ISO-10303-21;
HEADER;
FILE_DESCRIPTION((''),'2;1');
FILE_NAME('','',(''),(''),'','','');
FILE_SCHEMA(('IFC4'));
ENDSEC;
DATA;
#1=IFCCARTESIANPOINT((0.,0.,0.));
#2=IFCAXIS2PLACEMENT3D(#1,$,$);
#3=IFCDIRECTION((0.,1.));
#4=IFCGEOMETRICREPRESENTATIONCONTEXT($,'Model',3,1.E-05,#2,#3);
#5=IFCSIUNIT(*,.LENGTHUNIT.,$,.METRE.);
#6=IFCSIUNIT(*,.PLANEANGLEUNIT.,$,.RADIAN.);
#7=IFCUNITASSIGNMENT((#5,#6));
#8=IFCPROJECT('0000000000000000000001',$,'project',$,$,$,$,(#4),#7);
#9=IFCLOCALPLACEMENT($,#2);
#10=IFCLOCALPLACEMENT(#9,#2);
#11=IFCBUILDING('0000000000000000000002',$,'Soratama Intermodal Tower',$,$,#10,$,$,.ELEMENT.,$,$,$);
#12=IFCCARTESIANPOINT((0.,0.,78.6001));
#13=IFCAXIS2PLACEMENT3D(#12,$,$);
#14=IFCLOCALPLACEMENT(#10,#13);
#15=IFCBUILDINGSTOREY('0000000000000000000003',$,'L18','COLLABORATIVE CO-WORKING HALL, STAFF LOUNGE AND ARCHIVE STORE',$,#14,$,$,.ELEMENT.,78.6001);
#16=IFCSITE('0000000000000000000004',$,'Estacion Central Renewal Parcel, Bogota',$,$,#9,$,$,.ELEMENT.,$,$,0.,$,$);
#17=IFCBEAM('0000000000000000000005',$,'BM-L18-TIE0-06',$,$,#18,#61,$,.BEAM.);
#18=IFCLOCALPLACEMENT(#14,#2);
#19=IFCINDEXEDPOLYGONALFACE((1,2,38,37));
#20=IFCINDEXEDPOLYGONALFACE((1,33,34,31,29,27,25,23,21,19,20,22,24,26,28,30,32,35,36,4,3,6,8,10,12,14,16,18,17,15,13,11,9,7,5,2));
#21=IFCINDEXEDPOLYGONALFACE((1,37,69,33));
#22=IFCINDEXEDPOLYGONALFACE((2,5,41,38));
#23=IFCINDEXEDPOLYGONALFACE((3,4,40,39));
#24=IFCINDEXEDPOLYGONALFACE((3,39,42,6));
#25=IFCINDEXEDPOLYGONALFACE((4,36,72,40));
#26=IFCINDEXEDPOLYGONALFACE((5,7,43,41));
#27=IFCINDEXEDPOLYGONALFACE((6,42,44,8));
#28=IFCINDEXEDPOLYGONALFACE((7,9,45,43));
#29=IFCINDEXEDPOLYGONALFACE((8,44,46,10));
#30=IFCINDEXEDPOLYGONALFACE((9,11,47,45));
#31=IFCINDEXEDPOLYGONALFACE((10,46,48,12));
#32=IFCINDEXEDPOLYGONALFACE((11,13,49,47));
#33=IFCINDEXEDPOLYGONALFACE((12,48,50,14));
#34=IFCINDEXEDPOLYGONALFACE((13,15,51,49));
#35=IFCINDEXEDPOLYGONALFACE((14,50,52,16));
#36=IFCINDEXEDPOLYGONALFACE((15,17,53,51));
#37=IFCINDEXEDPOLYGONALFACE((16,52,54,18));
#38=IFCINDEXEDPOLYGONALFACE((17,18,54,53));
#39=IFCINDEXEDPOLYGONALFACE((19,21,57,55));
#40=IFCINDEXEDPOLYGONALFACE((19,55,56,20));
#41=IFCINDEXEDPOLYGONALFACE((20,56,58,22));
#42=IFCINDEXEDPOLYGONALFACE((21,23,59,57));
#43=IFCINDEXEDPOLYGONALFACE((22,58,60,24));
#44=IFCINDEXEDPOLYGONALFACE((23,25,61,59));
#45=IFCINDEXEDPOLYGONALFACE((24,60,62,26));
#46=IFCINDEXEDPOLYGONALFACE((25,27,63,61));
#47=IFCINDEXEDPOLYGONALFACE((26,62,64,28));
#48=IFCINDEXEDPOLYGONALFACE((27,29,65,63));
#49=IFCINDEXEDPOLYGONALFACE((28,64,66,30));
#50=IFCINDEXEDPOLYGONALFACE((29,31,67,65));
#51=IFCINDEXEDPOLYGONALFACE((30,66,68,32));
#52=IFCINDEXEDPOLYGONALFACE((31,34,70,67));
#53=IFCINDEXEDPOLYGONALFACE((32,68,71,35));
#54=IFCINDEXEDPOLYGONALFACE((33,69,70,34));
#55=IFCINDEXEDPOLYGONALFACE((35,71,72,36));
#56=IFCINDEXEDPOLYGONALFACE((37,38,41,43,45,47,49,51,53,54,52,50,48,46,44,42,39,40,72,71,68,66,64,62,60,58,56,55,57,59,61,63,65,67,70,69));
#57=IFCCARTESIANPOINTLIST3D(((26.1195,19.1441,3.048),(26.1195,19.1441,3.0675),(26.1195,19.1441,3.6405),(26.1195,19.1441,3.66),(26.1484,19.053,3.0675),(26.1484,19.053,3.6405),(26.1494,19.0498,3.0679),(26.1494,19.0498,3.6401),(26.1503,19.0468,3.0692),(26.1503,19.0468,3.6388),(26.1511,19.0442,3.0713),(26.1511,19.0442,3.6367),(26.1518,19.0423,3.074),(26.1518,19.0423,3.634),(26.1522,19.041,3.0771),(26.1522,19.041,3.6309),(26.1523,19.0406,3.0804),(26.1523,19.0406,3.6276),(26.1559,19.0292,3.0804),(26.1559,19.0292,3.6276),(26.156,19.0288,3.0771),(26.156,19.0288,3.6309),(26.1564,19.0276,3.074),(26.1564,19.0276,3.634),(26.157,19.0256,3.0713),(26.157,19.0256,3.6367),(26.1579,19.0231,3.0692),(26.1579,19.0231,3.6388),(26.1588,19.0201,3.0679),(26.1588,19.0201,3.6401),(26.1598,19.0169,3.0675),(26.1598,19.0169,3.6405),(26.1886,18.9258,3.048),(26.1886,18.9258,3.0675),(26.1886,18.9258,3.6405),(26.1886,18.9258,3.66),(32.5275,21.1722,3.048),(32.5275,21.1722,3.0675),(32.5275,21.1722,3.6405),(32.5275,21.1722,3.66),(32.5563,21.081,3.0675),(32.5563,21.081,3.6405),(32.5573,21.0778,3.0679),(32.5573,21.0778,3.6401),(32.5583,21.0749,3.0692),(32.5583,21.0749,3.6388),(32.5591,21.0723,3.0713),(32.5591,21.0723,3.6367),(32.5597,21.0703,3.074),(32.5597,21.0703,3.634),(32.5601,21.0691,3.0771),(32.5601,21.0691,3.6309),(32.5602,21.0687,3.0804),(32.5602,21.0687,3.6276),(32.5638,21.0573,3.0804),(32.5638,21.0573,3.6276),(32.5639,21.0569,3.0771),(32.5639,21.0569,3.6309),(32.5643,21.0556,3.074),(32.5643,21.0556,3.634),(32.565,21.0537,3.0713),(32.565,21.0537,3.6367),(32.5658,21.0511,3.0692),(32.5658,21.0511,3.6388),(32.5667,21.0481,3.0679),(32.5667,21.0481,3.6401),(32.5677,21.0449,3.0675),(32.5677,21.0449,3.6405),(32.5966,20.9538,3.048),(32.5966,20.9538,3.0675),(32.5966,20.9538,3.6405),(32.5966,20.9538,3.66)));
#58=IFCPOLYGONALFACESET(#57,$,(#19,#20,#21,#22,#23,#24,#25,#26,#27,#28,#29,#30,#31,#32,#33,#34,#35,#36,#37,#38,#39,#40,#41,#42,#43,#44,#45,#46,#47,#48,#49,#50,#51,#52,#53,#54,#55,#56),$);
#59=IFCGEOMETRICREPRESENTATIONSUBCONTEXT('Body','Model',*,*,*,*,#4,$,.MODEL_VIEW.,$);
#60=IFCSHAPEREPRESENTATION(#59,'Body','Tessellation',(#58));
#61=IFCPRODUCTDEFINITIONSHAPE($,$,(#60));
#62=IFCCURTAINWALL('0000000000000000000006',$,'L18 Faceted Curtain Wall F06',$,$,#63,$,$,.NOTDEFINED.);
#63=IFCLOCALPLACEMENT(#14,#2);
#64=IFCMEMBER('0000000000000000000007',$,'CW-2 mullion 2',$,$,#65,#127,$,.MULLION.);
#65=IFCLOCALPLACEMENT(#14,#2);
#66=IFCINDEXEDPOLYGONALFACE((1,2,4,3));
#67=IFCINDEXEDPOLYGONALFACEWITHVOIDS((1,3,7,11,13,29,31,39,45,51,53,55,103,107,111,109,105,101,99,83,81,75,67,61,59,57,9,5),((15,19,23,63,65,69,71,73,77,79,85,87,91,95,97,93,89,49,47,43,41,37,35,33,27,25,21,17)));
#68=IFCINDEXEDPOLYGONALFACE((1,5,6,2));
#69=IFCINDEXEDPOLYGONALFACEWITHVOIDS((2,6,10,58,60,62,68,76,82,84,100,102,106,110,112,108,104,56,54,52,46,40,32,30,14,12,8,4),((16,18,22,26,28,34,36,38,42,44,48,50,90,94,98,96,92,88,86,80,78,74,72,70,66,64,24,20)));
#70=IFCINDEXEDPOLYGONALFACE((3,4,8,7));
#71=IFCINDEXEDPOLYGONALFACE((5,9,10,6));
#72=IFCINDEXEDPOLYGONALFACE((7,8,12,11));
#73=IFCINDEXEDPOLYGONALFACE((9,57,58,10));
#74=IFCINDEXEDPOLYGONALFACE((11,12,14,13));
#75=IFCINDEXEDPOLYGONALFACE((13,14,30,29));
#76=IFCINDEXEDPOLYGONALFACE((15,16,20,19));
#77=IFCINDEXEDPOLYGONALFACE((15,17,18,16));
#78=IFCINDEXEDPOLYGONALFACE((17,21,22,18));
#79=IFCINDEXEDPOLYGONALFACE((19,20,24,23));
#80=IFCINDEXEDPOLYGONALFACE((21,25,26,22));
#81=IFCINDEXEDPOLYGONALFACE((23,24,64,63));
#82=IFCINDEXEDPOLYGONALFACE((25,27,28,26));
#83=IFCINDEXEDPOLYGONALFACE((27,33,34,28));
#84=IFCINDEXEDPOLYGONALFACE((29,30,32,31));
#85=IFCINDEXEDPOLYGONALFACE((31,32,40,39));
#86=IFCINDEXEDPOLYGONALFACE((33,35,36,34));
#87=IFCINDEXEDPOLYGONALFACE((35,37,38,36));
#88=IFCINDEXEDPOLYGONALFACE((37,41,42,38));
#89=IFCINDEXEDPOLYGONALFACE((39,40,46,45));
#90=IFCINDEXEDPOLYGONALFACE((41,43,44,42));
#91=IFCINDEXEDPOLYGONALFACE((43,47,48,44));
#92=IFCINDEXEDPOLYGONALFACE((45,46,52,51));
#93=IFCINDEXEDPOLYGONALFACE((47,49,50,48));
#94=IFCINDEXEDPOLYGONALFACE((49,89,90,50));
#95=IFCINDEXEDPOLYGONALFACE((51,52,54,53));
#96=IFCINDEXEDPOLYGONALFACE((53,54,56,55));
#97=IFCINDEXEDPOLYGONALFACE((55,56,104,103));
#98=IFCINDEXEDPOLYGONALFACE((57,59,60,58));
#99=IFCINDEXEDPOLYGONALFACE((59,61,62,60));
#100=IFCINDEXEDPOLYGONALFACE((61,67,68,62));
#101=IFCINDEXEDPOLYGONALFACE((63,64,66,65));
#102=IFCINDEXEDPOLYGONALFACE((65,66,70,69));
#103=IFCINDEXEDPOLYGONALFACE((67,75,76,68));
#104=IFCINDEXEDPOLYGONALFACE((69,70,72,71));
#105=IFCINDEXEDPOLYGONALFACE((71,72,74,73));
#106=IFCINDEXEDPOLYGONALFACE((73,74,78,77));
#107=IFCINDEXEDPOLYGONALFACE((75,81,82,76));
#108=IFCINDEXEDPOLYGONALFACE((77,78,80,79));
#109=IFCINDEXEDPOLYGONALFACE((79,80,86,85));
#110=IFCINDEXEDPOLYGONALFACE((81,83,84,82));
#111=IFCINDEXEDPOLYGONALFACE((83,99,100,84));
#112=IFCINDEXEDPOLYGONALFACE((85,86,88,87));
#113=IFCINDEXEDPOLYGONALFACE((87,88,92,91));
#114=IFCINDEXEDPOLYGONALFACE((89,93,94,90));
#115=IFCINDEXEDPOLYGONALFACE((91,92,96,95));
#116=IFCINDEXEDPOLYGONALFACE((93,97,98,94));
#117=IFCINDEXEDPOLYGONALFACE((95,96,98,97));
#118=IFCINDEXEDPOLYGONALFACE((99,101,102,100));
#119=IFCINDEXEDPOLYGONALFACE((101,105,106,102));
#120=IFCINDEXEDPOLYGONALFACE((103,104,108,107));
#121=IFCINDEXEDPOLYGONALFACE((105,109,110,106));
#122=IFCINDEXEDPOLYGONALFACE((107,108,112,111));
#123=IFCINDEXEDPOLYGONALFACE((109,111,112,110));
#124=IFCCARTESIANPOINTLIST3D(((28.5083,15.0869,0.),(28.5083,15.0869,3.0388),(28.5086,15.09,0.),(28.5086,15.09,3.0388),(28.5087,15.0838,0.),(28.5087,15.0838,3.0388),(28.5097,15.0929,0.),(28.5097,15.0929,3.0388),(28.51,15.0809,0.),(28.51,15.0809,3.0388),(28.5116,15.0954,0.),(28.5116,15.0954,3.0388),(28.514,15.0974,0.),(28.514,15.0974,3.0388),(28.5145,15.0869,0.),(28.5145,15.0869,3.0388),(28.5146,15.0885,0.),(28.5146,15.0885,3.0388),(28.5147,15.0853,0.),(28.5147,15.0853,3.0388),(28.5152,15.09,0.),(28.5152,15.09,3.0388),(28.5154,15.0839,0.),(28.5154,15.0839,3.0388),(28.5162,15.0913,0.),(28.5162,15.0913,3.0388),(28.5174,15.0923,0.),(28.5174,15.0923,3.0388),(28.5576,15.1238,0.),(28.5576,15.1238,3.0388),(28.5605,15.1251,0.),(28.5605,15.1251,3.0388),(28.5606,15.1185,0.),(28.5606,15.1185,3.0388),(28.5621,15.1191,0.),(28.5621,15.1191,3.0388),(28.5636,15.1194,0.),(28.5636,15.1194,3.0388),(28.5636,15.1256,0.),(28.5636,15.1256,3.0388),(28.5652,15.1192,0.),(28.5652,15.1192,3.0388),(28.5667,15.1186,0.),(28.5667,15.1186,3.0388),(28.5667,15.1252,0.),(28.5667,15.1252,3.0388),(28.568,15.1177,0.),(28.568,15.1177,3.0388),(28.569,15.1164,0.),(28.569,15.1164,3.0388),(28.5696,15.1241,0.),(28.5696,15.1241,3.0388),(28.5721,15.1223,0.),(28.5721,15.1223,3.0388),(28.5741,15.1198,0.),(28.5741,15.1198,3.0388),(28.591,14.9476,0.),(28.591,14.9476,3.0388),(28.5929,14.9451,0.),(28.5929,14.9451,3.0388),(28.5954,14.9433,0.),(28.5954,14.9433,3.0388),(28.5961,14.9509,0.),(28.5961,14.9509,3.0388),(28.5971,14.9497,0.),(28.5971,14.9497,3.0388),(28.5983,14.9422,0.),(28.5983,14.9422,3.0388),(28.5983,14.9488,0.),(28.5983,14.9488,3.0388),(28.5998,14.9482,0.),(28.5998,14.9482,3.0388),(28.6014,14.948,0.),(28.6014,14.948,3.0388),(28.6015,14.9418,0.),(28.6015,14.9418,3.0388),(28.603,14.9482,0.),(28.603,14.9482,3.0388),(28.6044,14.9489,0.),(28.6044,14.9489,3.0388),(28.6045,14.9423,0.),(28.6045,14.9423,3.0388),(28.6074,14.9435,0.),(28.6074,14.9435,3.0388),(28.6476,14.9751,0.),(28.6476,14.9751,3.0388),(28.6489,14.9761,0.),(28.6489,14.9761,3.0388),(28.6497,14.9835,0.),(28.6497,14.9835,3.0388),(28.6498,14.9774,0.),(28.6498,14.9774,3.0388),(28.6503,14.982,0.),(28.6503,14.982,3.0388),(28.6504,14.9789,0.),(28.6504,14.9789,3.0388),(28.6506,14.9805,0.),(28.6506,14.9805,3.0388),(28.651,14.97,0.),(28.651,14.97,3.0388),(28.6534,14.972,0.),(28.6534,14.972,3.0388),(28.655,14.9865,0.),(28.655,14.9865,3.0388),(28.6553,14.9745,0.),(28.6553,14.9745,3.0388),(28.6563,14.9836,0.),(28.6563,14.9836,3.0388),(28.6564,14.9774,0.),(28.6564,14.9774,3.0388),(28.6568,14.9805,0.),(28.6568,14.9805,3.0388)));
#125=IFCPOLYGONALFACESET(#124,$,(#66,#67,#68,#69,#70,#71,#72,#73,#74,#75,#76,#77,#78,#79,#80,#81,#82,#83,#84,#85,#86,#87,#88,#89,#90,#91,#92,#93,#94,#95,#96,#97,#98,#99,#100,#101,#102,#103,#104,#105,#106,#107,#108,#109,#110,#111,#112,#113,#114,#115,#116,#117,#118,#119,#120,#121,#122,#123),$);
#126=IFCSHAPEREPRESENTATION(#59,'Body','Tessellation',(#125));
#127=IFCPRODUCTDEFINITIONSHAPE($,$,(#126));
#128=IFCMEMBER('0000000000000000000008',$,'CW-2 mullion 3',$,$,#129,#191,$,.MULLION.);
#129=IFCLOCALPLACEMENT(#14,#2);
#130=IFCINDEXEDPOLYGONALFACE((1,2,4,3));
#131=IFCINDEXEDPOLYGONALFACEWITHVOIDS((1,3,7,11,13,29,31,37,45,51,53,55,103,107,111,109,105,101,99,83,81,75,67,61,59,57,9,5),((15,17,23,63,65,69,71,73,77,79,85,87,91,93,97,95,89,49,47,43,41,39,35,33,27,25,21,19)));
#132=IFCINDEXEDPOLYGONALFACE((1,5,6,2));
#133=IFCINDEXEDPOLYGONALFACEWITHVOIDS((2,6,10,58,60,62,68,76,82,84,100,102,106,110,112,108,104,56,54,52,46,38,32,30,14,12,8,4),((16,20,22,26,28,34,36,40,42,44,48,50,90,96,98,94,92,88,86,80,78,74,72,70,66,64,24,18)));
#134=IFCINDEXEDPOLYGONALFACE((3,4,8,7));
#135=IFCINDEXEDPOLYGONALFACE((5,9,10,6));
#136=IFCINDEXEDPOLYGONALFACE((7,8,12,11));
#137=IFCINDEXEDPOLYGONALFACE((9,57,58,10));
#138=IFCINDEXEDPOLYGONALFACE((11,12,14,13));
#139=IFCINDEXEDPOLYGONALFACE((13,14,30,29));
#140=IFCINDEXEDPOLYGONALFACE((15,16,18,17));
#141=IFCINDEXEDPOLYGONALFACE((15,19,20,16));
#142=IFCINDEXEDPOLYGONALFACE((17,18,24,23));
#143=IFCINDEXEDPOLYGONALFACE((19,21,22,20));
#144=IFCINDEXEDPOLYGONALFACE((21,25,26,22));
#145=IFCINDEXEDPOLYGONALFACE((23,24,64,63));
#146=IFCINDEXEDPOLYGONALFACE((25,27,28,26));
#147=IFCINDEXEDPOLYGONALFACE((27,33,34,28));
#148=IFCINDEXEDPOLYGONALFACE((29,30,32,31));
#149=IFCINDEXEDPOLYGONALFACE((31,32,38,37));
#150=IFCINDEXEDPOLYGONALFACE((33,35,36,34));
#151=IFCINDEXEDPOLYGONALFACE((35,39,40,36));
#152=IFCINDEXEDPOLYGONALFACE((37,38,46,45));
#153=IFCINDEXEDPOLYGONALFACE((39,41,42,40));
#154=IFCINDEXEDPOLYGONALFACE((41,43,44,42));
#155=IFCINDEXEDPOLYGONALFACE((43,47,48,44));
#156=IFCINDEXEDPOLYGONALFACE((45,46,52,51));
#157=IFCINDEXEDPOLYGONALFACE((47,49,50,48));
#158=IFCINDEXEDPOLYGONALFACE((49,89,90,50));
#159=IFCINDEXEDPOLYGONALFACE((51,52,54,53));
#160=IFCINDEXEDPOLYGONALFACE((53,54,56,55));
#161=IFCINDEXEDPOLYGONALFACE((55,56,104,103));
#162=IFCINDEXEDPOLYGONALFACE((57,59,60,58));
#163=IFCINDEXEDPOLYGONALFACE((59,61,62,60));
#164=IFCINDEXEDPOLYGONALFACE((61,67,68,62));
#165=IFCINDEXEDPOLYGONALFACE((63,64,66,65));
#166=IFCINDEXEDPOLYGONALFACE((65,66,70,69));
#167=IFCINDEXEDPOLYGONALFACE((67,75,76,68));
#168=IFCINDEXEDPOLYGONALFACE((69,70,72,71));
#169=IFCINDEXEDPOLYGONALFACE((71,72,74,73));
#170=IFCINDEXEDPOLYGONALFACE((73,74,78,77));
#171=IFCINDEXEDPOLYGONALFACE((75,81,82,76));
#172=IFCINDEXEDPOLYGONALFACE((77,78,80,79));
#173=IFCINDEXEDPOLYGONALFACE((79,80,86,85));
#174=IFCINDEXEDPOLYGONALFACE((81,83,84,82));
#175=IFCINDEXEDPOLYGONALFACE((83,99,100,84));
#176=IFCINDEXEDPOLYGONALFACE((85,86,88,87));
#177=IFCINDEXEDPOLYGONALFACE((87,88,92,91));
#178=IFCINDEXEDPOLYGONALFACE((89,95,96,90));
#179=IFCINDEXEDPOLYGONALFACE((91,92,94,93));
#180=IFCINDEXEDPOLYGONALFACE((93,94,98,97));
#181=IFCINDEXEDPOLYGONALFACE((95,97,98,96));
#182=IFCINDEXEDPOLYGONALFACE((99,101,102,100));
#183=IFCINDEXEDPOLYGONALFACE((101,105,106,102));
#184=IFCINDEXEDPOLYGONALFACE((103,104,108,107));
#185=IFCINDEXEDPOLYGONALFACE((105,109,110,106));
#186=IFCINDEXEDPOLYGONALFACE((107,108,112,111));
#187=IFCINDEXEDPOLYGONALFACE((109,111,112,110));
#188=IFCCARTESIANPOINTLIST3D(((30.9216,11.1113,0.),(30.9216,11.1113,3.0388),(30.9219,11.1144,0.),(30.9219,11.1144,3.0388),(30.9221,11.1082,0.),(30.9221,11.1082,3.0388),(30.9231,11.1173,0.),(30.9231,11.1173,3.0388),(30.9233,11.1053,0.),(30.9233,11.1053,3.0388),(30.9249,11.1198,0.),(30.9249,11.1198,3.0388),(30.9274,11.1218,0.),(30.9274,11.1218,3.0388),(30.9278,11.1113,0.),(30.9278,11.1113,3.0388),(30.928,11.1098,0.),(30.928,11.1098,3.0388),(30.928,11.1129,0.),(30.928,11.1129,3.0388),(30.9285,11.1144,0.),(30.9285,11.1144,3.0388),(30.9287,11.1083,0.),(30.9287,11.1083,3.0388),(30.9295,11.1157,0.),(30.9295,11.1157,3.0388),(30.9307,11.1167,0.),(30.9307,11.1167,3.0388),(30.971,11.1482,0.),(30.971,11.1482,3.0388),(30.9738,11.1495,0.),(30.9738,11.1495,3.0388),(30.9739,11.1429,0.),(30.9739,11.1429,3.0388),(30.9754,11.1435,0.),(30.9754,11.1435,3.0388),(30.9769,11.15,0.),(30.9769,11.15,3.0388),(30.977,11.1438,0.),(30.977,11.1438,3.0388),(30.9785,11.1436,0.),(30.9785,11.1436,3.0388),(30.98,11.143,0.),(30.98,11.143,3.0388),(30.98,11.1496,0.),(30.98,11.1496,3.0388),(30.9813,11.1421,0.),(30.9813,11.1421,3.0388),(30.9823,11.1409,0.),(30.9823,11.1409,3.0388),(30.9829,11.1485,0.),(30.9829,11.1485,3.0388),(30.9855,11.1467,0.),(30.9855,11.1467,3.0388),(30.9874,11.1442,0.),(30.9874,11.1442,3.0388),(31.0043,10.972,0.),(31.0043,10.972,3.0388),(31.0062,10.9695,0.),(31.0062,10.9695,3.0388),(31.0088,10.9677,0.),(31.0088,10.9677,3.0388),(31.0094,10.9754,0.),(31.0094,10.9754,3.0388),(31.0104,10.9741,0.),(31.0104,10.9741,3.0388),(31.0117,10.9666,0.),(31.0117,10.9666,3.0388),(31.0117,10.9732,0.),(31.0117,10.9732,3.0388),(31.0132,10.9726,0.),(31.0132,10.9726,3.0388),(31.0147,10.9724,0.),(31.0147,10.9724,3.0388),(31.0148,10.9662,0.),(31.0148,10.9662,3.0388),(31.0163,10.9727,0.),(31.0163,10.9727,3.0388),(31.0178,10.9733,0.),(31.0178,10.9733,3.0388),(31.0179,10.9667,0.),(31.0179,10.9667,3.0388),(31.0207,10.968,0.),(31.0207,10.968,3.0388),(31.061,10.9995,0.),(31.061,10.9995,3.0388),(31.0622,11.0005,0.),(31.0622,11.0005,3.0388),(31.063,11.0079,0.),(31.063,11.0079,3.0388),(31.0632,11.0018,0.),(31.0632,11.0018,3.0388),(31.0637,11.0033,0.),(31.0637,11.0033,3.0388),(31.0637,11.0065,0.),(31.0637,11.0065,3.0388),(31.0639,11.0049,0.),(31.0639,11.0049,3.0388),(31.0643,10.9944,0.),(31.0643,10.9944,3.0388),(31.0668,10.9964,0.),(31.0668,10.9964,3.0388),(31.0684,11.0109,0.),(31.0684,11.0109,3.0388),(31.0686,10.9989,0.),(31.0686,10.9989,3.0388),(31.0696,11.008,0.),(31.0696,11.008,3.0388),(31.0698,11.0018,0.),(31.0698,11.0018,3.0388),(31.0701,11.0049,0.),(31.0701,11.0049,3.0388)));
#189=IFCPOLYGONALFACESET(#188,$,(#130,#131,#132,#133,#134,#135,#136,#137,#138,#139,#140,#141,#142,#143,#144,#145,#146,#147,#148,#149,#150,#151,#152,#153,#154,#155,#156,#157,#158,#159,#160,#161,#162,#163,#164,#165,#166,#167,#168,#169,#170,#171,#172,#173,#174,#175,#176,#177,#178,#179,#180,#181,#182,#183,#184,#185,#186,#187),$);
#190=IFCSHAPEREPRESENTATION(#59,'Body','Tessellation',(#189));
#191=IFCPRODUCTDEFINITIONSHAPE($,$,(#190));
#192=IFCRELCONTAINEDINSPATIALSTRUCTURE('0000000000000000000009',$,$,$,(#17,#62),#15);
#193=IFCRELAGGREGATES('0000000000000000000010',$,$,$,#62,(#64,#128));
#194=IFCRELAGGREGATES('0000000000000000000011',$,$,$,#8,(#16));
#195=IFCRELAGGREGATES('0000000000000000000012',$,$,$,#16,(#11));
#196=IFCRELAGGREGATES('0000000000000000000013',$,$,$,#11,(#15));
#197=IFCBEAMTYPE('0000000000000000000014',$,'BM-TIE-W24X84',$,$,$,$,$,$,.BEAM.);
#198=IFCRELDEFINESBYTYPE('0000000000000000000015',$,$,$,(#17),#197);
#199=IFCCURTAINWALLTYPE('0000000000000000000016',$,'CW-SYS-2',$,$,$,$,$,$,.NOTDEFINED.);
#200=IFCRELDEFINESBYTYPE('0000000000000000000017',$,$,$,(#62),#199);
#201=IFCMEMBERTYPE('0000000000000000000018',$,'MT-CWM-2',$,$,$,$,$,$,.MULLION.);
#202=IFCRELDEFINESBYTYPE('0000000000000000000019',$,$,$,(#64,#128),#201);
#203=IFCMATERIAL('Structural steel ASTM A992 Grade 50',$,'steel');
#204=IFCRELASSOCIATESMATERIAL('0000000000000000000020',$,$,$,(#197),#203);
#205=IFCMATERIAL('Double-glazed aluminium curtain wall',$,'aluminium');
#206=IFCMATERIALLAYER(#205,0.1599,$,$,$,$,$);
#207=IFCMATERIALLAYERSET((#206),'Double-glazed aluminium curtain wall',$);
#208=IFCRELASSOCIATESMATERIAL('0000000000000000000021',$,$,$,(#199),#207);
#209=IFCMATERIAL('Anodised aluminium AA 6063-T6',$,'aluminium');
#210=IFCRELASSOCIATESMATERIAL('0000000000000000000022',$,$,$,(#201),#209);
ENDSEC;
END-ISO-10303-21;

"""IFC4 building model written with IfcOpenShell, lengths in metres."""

from ifc_helpers import new_model, si_unit, direction, frame, origin, origin_2d, place, context, subcontext, project, spatial, hollow_rectangle, i_section, extrude, material, layer, layer_set, material_profile, profile_set, type_object, element, aggregate, save


model = new_model("IFC4")

# Units and contexts
model_context = context("Model", 3, precision=1e-05, world=origin(), true_north=direction((0.0, 1.0)))
body_context = subcontext(model_context, "Body", "Model", "MODEL_VIEW")
ifc_project = project(units=[si_unit("LENGTHUNIT", "METRE"), si_unit("PLANEANGLEUNIT", "RADIAN")], contexts=[model_context])

# Site, building, storey
site_placement = place(None, origin())
site = spatial("IfcSite", under=ifc_project, at=site_placement, Name="Estacion Central Renewal Parcel, Bogota", CompositionType="ELEMENT", RefElevation=0.0)
building_placement = place(site_placement, origin())
building = spatial("IfcBuilding", under=site, at=building_placement, Name="Soratama Intermodal Tower", CompositionType="ELEMENT")
storey_placement = place(building_placement, frame((0.0, 0.0, 78.6001)))
storey = spatial("IfcBuildingStorey", under=building, at=storey_placement, Name="L18", Description="COLLABORATIVE CO-WORKING HALL, STAFF LOUNGE AND ARCHIVE STORE", CompositionType="ELEMENT", Elevation=78.6001)

# Beam
ifc_material_1 = material(Name="Structural steel ASTM A992 Grade 50", Category="steel")
ifc_material_profile_1 = material_profile(ifc_material_1, i_section(OverallWidth=0.229, OverallDepth=0.6121, WebThickness=0.012, FlangeThickness=0.0195, FilletRadius=0.0129, at=origin_2d()), Name="W24X84")
ifc_profile_set_1 = profile_set([ifc_material_profile_1], Name="Structural steel ASTM A992 Grade 50")
beam_type_1 = type_object("IfcBeamType", Name="BM-TIE-W24X84", PredefinedType="BEAM", material=ifc_profile_set_1)
beam_1_placement = place(storey_placement, frame((32.562, 21.063, 3.354), z_axis=(-0.95339, -0.301741, 0.0), x_axis=(0.301741, -0.95339, 0.0)))
element("IfcBeam", 1, at=beam_1_placement, inside=storey, type_object=beam_type_1, Name="BM-L18-TIE0-06", PredefinedType="BEAM", context=body_context, shape_type="SweptSolid", body=[
    extrude(i_section(OverallWidth=0.229, OverallDepth=0.6121, WebThickness=0.012, FlangeThickness=0.0195, FilletRadius=0.0129, at=origin_2d()), origin(), (0.0, 0.0, 1.0), 6.7212),
])

# Curtain wall, members
ifc_material_2 = material(Name="Double-glazed aluminium curtain wall", Category="aluminium")
ifc_layer_1 = layer(ifc_material_2, 0.1599)
ifc_layer_set_1 = layer_set([ifc_layer_1], Name="Double-glazed aluminium curtain wall")
curtain_wall_type = type_object("IfcCurtainWallType", Name="CW-SYS-2", PredefinedType="NOTDEFINED", material=ifc_layer_set_1)
curtain_wall_placement = place(storey_placement, origin())
curtain_wall = element("IfcCurtainWall", 2, at=curtain_wall_placement, inside=storey, type_object=curtain_wall_type, Name="L18 Faceted Curtain Wall F06", PredefinedType="NOTDEFINED")
ifc_material_3 = material(Name="Anodised aluminium AA 6063-T6", Category="aluminium")
ifc_material_profile_2 = material_profile(ifc_material_3, hollow_rectangle(XDim=0.075, YDim=0.1799, WallThickness=0.0061, InnerFilletRadius=0.0061, OuterFilletRadius=0.012, at=origin_2d()), Name="CWM180X75X6")
ifc_profile_set_2 = profile_set([ifc_material_profile_2], Name="Anodised aluminium AA 6063-T6")
member_type_1 = type_object("IfcMemberType", Name="MT-CWM-2", PredefinedType="MULLION", material=ifc_profile_set_2)
member_1_placement = place(storey_placement, frame((28.5825, 15.0337, 0.0), z_axis=(0.0, 0.0, 1.0), x_axis=(0.854821, 0.518923, 0.0)))
member_1 = element("IfcMember", 3, at=member_1_placement, type_object=member_type_1, Name="CW-2 mullion 2", PredefinedType="MULLION", context=body_context, shape_type="SweptSolid", body=[
    extrude(hollow_rectangle(XDim=0.075, YDim=0.1799, WallThickness=0.0061, InnerFilletRadius=0.0061, OuterFilletRadius=0.012, at=origin_2d()), origin(), (0.0, 0.0, 1.0), 3.0388),
])
member_2_placement = place(storey_placement, frame((30.9958, 11.0581, 0.0), z_axis=(0.0, 0.0, 1.0), x_axis=(0.854821, 0.518923, 0.0)))
member_2 = element("IfcMember", 4, at=member_2_placement, type_object=member_type_1, Name="CW-2 mullion 3", PredefinedType="MULLION", context=body_context, shape_type="SweptSolid", body=[
    extrude(hollow_rectangle(XDim=0.075, YDim=0.1799, WallThickness=0.0061, InnerFilletRadius=0.0061, OuterFilletRadius=0.012, at=origin_2d()), origin(), (0.0, 0.0, 1.0), 3.0388),
])
aggregate(curtain_wall, [member_1, member_2])

save(model, "model.ifc")
